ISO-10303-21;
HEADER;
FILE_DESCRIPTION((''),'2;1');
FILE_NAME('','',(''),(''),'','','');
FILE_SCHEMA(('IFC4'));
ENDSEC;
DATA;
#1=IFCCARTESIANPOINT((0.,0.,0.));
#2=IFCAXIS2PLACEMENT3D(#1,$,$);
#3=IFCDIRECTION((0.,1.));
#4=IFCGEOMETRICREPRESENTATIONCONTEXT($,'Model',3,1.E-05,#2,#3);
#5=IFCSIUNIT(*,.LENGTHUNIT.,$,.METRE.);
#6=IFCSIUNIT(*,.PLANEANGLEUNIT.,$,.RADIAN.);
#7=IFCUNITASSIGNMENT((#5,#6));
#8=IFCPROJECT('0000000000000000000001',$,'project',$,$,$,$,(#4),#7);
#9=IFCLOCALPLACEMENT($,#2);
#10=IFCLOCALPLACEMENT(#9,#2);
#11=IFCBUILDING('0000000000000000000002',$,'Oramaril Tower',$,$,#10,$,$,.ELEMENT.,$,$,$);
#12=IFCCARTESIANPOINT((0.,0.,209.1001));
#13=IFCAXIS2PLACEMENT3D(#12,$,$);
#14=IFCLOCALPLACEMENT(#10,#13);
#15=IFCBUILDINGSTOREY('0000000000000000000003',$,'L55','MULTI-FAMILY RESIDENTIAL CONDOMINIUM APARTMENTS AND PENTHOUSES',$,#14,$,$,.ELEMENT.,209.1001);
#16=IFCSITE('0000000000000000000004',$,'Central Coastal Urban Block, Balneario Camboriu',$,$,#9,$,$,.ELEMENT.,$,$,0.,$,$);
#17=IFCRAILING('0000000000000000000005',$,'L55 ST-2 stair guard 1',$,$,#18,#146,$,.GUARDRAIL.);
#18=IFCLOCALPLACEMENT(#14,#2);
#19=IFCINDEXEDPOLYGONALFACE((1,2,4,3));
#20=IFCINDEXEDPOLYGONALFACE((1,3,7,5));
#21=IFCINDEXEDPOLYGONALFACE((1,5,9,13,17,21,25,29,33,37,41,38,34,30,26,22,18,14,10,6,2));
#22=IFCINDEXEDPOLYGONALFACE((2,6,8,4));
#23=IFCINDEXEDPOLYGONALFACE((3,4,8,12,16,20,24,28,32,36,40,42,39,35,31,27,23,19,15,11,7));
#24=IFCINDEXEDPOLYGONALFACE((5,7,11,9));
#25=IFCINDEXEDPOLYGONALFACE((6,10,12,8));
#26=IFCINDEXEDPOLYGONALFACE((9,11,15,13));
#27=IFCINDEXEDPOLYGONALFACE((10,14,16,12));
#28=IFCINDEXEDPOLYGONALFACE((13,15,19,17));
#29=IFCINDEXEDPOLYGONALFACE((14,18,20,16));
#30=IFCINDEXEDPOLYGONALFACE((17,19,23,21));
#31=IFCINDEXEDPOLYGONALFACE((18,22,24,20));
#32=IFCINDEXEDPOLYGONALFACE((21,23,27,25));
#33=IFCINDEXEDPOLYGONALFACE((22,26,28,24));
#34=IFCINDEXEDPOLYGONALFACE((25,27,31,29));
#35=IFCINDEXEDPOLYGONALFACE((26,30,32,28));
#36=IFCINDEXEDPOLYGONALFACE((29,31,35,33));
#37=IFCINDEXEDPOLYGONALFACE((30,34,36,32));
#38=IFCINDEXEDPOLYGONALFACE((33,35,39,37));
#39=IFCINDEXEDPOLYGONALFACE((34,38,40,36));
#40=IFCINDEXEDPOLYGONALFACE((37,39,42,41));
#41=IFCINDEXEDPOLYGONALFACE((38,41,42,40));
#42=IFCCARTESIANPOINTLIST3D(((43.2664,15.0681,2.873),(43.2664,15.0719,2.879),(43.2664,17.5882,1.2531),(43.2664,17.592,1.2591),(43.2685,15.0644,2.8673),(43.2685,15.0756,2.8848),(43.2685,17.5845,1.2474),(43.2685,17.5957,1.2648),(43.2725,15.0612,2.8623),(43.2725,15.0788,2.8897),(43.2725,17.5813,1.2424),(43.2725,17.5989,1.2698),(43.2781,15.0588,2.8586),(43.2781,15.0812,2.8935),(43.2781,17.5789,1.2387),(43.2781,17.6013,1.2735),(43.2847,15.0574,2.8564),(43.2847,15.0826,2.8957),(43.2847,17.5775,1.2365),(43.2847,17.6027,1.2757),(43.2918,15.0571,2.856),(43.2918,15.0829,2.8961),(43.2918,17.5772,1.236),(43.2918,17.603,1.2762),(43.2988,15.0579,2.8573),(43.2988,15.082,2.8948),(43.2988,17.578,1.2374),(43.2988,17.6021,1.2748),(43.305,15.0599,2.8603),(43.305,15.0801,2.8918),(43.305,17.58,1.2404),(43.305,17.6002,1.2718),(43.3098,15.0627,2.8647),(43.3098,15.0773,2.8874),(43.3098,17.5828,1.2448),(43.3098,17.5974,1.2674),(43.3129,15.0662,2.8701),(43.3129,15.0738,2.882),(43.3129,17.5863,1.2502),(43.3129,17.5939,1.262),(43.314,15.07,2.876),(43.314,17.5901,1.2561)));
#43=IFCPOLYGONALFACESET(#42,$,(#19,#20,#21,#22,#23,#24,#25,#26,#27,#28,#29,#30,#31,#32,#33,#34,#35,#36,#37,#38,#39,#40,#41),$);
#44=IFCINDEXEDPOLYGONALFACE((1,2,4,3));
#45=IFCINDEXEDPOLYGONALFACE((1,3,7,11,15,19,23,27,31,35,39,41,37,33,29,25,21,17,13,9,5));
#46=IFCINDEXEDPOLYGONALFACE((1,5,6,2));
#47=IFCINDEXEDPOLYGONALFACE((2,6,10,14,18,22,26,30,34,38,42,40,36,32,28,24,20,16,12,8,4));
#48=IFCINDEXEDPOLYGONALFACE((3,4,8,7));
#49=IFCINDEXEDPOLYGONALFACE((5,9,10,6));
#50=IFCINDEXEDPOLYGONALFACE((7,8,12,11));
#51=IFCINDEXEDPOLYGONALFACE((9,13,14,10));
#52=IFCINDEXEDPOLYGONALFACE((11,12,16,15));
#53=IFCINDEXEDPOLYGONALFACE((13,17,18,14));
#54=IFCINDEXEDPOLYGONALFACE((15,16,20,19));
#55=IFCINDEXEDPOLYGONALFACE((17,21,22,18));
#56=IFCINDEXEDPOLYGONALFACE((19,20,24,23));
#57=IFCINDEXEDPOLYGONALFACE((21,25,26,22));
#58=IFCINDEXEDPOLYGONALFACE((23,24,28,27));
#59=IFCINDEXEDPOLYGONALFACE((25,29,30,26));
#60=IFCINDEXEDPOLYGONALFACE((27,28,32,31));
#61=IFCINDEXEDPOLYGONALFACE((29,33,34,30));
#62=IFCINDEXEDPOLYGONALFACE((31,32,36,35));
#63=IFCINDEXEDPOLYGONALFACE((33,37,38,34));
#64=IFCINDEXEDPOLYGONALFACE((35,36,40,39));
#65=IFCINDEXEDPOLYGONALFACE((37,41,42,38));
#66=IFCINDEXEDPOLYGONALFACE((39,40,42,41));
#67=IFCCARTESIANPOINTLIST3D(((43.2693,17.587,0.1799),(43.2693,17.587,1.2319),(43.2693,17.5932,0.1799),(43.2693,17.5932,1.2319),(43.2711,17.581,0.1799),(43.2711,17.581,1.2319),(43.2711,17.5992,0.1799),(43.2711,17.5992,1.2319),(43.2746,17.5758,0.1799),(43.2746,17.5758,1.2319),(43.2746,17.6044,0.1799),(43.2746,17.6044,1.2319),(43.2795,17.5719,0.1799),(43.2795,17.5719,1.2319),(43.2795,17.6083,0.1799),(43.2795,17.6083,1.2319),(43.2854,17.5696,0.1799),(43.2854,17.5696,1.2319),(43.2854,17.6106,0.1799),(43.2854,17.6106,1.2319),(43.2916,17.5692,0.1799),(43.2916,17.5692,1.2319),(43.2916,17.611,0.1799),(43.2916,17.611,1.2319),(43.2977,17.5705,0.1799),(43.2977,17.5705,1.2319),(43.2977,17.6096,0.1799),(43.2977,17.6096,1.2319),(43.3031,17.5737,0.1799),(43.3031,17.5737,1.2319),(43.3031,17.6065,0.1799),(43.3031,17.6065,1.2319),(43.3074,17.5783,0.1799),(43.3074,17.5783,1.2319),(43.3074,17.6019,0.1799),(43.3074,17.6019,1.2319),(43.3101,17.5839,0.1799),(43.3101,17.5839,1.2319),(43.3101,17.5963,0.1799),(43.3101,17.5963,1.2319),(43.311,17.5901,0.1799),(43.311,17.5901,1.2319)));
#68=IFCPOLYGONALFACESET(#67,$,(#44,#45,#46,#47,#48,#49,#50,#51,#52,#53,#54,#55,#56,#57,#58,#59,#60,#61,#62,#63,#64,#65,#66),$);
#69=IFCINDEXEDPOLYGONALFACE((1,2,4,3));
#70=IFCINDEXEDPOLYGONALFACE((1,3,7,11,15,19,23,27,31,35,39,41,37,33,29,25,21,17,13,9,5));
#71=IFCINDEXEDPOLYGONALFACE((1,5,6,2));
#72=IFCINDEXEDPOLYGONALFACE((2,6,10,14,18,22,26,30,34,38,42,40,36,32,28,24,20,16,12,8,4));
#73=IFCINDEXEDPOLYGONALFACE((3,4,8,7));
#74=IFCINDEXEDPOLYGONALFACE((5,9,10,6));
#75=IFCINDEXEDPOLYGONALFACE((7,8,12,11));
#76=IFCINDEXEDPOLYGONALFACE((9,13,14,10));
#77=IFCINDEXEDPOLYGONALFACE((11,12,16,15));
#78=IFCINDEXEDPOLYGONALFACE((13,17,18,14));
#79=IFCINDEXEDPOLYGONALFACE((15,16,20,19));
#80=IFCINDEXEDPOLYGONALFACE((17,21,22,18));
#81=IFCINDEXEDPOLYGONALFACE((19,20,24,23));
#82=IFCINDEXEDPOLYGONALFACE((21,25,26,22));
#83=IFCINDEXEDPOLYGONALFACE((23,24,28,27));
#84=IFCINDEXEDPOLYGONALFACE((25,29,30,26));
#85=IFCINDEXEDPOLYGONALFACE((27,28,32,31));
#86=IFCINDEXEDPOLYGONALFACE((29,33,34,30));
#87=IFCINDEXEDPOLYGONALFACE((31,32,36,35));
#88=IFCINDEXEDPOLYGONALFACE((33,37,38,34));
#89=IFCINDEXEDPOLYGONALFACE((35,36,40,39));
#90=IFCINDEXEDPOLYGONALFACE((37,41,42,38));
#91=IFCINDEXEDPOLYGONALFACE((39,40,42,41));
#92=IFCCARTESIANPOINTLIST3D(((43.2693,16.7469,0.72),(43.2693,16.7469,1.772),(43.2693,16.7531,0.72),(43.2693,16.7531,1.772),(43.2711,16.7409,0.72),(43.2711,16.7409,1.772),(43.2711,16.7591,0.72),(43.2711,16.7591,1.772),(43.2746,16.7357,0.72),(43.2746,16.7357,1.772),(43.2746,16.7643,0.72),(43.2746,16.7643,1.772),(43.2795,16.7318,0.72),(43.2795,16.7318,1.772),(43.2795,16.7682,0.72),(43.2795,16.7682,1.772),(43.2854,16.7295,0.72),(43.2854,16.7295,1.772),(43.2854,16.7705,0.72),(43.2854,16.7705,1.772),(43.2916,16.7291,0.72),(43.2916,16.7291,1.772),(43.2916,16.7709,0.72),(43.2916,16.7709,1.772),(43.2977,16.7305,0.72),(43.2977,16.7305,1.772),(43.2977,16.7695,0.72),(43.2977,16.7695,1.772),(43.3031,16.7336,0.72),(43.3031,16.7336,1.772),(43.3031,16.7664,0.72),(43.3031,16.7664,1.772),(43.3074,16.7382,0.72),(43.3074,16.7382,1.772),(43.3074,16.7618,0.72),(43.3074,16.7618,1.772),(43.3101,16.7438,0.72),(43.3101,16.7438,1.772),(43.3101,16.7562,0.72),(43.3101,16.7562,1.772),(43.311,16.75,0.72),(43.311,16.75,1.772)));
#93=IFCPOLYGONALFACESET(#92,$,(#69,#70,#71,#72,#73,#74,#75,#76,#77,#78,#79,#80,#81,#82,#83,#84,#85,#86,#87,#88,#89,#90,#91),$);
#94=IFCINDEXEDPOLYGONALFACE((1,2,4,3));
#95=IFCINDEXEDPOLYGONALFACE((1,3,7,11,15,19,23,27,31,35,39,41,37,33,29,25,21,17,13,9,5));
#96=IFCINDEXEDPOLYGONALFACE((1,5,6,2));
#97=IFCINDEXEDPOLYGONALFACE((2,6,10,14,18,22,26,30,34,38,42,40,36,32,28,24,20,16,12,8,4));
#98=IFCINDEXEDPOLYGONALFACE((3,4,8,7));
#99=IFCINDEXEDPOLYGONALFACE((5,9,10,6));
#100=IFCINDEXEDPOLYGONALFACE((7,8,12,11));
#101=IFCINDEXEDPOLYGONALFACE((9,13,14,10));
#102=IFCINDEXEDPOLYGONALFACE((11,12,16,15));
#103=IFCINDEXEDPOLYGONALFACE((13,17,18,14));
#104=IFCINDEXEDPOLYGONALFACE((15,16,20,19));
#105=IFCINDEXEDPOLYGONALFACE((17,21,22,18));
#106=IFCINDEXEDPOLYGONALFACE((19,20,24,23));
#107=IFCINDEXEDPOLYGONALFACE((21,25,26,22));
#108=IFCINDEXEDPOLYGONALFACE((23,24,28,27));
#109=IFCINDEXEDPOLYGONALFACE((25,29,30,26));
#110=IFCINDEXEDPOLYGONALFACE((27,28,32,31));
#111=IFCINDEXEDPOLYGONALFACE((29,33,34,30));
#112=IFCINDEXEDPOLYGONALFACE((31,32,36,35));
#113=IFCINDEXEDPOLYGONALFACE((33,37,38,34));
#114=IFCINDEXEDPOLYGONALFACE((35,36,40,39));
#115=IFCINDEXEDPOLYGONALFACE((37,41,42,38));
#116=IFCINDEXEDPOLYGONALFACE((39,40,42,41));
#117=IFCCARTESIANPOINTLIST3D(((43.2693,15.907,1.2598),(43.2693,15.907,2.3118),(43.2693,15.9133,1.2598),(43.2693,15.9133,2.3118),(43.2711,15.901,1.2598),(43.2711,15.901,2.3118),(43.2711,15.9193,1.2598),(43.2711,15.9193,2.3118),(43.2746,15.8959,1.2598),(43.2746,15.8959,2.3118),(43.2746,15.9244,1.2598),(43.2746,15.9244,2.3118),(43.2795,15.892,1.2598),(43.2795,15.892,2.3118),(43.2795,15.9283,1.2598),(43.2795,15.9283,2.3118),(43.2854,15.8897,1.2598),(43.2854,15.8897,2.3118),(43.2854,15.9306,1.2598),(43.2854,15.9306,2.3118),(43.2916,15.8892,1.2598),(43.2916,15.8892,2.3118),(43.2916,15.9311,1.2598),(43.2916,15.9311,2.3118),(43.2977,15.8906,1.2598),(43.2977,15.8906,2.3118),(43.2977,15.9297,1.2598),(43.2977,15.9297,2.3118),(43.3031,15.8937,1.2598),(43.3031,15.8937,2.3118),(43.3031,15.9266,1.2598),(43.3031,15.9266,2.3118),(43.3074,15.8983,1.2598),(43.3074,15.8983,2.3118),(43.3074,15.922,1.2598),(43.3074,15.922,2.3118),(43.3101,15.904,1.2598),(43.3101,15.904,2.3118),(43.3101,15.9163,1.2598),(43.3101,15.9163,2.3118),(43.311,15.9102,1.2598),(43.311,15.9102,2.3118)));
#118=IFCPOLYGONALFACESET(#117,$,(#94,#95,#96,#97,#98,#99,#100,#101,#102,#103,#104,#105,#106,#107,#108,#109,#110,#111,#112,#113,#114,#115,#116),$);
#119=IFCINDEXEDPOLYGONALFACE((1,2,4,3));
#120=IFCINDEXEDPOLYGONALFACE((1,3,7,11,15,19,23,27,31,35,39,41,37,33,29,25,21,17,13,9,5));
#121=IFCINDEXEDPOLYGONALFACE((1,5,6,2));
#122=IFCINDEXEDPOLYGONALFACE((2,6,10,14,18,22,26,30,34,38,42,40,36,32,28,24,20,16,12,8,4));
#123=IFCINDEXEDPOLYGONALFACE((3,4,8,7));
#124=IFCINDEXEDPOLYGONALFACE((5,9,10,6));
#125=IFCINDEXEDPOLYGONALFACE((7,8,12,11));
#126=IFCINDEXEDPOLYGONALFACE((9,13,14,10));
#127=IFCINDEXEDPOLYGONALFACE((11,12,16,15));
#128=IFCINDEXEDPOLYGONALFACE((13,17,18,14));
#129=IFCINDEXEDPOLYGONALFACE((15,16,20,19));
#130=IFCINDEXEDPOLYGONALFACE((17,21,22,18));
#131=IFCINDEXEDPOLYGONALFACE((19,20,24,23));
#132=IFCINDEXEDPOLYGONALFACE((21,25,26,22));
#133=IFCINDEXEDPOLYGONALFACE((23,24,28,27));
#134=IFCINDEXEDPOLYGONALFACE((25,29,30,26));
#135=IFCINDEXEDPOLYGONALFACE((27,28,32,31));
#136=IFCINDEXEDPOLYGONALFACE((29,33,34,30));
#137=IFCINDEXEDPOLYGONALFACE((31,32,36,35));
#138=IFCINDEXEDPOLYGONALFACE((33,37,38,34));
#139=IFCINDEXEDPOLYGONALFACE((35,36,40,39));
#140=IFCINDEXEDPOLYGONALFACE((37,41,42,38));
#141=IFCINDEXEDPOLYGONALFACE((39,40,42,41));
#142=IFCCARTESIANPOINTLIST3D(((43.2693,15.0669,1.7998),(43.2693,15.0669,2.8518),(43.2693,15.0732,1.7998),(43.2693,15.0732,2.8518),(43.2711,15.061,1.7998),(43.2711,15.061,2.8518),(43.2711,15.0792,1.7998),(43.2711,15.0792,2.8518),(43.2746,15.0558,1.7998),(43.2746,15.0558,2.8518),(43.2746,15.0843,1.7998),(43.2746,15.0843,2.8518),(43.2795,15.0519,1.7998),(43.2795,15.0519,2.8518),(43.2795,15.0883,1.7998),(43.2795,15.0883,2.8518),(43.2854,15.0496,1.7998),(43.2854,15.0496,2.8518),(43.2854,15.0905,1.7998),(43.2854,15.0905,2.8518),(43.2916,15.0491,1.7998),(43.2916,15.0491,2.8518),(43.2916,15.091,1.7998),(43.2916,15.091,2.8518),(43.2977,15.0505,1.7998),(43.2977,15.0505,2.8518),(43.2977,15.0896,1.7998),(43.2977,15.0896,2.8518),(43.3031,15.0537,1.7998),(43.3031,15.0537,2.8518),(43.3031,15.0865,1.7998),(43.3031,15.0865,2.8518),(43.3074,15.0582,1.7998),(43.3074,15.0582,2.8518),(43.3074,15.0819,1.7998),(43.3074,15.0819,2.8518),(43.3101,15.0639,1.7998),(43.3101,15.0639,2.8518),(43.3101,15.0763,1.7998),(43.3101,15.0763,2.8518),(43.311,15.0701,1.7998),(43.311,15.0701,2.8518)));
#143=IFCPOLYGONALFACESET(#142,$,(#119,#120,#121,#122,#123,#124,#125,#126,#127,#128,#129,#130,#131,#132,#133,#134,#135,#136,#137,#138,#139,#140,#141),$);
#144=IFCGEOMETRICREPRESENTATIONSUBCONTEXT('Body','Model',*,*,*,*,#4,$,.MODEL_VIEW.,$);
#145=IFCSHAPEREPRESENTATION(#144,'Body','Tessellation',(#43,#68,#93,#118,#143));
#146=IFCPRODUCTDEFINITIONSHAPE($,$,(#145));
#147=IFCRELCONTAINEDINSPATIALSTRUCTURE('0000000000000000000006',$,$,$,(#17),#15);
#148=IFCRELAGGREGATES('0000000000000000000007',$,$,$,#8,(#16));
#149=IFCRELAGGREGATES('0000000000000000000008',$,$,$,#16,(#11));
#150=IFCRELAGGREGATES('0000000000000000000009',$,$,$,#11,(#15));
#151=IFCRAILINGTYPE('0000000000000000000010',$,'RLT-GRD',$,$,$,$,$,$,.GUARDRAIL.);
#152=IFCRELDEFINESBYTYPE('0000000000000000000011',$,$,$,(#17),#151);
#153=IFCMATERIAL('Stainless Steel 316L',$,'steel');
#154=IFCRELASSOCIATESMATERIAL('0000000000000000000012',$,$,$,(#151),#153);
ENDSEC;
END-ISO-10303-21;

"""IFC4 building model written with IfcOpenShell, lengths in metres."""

from ifc_helpers import new_model, si_unit, direction, frame, origin, origin_2d, place, context, subcontext, project, spatial, circle, extrude, material, type_object, element, save


model = new_model("IFC4")

# Units and contexts
model_context = context("Model", 3, precision=1e-05, world=origin(), true_north=direction((0.0, 1.0)))
body_context = subcontext(model_context, "Body", "Model", "MODEL_VIEW")
ifc_project = project(units=[si_unit("LENGTHUNIT", "METRE"), si_unit("PLANEANGLEUNIT", "RADIAN")], contexts=[model_context])

# Site, building, storey
site_placement = place(None, origin())
site = spatial("IfcSite", under=ifc_project, at=site_placement, Name="Central Coastal Urban Block, Balneario Camboriu", CompositionType="ELEMENT", RefElevation=0.0)
building_placement = place(site_placement, origin())
building = spatial("IfcBuilding", under=site, at=building_placement, Name="Oramaril Tower", CompositionType="ELEMENT")
storey_placement = place(building_placement, frame((0.0, 0.0, 209.1001)))
storey = spatial("IfcBuildingStorey", under=building, at=storey_placement, Name="L55", Description="MULTI-FAMILY RESIDENTIAL CONDOMINIUM APARTMENTS AND PENTHOUSES", CompositionType="ELEMENT", Elevation=209.1001)

# Railing
ifc_material_1 = material(Name="Stainless Steel 316L", Category="steel")
railing_type_1 = type_object("IfcRailingType", Name="RLT-GRD", PredefinedType="GUARDRAIL", material=ifc_material_1)
railing_1_placement = place(storey_placement, frame((43.29, 17.5901, 0.1799)))
element("IfcRailing", 1, at=railing_1_placement, inside=storey, type_object=railing_type_1, Name="L55 ST-2 stair guard 1", PredefinedType="GUARDRAIL", context=body_context, shape_type="SweptSolid", body=[
    extrude(circle(Radius=0.0239, at=origin_2d()), frame((0.0, 0.0, 1.0762), z_axis=(0.0, -0.8412, 0.540725), x_axis=(1.0, 0.0, 0.0)), (0.0, 0.0, 1.0), 2.9958),
    extrude(circle(Radius=0.021, at=origin_2d()), origin(), (0.0, 0.0, 1.0), 1.052),
    extrude(circle(Radius=0.021, at=origin_2d()), frame((0.0, -0.8401, 0.54)), (0.0, 0.0, 1.0), 1.052),
    extrude(circle(Radius=0.021, at=origin_2d()), frame((0.0, -1.6799, 1.0798)), (0.0, 0.0, 1.0), 1.052),
    extrude(circle(Radius=0.021, at=origin_2d()), frame((0.0, -2.52, 1.6199)), (0.0, 0.0, 1.0), 1.052),
])

save(model, "model.ifc")
